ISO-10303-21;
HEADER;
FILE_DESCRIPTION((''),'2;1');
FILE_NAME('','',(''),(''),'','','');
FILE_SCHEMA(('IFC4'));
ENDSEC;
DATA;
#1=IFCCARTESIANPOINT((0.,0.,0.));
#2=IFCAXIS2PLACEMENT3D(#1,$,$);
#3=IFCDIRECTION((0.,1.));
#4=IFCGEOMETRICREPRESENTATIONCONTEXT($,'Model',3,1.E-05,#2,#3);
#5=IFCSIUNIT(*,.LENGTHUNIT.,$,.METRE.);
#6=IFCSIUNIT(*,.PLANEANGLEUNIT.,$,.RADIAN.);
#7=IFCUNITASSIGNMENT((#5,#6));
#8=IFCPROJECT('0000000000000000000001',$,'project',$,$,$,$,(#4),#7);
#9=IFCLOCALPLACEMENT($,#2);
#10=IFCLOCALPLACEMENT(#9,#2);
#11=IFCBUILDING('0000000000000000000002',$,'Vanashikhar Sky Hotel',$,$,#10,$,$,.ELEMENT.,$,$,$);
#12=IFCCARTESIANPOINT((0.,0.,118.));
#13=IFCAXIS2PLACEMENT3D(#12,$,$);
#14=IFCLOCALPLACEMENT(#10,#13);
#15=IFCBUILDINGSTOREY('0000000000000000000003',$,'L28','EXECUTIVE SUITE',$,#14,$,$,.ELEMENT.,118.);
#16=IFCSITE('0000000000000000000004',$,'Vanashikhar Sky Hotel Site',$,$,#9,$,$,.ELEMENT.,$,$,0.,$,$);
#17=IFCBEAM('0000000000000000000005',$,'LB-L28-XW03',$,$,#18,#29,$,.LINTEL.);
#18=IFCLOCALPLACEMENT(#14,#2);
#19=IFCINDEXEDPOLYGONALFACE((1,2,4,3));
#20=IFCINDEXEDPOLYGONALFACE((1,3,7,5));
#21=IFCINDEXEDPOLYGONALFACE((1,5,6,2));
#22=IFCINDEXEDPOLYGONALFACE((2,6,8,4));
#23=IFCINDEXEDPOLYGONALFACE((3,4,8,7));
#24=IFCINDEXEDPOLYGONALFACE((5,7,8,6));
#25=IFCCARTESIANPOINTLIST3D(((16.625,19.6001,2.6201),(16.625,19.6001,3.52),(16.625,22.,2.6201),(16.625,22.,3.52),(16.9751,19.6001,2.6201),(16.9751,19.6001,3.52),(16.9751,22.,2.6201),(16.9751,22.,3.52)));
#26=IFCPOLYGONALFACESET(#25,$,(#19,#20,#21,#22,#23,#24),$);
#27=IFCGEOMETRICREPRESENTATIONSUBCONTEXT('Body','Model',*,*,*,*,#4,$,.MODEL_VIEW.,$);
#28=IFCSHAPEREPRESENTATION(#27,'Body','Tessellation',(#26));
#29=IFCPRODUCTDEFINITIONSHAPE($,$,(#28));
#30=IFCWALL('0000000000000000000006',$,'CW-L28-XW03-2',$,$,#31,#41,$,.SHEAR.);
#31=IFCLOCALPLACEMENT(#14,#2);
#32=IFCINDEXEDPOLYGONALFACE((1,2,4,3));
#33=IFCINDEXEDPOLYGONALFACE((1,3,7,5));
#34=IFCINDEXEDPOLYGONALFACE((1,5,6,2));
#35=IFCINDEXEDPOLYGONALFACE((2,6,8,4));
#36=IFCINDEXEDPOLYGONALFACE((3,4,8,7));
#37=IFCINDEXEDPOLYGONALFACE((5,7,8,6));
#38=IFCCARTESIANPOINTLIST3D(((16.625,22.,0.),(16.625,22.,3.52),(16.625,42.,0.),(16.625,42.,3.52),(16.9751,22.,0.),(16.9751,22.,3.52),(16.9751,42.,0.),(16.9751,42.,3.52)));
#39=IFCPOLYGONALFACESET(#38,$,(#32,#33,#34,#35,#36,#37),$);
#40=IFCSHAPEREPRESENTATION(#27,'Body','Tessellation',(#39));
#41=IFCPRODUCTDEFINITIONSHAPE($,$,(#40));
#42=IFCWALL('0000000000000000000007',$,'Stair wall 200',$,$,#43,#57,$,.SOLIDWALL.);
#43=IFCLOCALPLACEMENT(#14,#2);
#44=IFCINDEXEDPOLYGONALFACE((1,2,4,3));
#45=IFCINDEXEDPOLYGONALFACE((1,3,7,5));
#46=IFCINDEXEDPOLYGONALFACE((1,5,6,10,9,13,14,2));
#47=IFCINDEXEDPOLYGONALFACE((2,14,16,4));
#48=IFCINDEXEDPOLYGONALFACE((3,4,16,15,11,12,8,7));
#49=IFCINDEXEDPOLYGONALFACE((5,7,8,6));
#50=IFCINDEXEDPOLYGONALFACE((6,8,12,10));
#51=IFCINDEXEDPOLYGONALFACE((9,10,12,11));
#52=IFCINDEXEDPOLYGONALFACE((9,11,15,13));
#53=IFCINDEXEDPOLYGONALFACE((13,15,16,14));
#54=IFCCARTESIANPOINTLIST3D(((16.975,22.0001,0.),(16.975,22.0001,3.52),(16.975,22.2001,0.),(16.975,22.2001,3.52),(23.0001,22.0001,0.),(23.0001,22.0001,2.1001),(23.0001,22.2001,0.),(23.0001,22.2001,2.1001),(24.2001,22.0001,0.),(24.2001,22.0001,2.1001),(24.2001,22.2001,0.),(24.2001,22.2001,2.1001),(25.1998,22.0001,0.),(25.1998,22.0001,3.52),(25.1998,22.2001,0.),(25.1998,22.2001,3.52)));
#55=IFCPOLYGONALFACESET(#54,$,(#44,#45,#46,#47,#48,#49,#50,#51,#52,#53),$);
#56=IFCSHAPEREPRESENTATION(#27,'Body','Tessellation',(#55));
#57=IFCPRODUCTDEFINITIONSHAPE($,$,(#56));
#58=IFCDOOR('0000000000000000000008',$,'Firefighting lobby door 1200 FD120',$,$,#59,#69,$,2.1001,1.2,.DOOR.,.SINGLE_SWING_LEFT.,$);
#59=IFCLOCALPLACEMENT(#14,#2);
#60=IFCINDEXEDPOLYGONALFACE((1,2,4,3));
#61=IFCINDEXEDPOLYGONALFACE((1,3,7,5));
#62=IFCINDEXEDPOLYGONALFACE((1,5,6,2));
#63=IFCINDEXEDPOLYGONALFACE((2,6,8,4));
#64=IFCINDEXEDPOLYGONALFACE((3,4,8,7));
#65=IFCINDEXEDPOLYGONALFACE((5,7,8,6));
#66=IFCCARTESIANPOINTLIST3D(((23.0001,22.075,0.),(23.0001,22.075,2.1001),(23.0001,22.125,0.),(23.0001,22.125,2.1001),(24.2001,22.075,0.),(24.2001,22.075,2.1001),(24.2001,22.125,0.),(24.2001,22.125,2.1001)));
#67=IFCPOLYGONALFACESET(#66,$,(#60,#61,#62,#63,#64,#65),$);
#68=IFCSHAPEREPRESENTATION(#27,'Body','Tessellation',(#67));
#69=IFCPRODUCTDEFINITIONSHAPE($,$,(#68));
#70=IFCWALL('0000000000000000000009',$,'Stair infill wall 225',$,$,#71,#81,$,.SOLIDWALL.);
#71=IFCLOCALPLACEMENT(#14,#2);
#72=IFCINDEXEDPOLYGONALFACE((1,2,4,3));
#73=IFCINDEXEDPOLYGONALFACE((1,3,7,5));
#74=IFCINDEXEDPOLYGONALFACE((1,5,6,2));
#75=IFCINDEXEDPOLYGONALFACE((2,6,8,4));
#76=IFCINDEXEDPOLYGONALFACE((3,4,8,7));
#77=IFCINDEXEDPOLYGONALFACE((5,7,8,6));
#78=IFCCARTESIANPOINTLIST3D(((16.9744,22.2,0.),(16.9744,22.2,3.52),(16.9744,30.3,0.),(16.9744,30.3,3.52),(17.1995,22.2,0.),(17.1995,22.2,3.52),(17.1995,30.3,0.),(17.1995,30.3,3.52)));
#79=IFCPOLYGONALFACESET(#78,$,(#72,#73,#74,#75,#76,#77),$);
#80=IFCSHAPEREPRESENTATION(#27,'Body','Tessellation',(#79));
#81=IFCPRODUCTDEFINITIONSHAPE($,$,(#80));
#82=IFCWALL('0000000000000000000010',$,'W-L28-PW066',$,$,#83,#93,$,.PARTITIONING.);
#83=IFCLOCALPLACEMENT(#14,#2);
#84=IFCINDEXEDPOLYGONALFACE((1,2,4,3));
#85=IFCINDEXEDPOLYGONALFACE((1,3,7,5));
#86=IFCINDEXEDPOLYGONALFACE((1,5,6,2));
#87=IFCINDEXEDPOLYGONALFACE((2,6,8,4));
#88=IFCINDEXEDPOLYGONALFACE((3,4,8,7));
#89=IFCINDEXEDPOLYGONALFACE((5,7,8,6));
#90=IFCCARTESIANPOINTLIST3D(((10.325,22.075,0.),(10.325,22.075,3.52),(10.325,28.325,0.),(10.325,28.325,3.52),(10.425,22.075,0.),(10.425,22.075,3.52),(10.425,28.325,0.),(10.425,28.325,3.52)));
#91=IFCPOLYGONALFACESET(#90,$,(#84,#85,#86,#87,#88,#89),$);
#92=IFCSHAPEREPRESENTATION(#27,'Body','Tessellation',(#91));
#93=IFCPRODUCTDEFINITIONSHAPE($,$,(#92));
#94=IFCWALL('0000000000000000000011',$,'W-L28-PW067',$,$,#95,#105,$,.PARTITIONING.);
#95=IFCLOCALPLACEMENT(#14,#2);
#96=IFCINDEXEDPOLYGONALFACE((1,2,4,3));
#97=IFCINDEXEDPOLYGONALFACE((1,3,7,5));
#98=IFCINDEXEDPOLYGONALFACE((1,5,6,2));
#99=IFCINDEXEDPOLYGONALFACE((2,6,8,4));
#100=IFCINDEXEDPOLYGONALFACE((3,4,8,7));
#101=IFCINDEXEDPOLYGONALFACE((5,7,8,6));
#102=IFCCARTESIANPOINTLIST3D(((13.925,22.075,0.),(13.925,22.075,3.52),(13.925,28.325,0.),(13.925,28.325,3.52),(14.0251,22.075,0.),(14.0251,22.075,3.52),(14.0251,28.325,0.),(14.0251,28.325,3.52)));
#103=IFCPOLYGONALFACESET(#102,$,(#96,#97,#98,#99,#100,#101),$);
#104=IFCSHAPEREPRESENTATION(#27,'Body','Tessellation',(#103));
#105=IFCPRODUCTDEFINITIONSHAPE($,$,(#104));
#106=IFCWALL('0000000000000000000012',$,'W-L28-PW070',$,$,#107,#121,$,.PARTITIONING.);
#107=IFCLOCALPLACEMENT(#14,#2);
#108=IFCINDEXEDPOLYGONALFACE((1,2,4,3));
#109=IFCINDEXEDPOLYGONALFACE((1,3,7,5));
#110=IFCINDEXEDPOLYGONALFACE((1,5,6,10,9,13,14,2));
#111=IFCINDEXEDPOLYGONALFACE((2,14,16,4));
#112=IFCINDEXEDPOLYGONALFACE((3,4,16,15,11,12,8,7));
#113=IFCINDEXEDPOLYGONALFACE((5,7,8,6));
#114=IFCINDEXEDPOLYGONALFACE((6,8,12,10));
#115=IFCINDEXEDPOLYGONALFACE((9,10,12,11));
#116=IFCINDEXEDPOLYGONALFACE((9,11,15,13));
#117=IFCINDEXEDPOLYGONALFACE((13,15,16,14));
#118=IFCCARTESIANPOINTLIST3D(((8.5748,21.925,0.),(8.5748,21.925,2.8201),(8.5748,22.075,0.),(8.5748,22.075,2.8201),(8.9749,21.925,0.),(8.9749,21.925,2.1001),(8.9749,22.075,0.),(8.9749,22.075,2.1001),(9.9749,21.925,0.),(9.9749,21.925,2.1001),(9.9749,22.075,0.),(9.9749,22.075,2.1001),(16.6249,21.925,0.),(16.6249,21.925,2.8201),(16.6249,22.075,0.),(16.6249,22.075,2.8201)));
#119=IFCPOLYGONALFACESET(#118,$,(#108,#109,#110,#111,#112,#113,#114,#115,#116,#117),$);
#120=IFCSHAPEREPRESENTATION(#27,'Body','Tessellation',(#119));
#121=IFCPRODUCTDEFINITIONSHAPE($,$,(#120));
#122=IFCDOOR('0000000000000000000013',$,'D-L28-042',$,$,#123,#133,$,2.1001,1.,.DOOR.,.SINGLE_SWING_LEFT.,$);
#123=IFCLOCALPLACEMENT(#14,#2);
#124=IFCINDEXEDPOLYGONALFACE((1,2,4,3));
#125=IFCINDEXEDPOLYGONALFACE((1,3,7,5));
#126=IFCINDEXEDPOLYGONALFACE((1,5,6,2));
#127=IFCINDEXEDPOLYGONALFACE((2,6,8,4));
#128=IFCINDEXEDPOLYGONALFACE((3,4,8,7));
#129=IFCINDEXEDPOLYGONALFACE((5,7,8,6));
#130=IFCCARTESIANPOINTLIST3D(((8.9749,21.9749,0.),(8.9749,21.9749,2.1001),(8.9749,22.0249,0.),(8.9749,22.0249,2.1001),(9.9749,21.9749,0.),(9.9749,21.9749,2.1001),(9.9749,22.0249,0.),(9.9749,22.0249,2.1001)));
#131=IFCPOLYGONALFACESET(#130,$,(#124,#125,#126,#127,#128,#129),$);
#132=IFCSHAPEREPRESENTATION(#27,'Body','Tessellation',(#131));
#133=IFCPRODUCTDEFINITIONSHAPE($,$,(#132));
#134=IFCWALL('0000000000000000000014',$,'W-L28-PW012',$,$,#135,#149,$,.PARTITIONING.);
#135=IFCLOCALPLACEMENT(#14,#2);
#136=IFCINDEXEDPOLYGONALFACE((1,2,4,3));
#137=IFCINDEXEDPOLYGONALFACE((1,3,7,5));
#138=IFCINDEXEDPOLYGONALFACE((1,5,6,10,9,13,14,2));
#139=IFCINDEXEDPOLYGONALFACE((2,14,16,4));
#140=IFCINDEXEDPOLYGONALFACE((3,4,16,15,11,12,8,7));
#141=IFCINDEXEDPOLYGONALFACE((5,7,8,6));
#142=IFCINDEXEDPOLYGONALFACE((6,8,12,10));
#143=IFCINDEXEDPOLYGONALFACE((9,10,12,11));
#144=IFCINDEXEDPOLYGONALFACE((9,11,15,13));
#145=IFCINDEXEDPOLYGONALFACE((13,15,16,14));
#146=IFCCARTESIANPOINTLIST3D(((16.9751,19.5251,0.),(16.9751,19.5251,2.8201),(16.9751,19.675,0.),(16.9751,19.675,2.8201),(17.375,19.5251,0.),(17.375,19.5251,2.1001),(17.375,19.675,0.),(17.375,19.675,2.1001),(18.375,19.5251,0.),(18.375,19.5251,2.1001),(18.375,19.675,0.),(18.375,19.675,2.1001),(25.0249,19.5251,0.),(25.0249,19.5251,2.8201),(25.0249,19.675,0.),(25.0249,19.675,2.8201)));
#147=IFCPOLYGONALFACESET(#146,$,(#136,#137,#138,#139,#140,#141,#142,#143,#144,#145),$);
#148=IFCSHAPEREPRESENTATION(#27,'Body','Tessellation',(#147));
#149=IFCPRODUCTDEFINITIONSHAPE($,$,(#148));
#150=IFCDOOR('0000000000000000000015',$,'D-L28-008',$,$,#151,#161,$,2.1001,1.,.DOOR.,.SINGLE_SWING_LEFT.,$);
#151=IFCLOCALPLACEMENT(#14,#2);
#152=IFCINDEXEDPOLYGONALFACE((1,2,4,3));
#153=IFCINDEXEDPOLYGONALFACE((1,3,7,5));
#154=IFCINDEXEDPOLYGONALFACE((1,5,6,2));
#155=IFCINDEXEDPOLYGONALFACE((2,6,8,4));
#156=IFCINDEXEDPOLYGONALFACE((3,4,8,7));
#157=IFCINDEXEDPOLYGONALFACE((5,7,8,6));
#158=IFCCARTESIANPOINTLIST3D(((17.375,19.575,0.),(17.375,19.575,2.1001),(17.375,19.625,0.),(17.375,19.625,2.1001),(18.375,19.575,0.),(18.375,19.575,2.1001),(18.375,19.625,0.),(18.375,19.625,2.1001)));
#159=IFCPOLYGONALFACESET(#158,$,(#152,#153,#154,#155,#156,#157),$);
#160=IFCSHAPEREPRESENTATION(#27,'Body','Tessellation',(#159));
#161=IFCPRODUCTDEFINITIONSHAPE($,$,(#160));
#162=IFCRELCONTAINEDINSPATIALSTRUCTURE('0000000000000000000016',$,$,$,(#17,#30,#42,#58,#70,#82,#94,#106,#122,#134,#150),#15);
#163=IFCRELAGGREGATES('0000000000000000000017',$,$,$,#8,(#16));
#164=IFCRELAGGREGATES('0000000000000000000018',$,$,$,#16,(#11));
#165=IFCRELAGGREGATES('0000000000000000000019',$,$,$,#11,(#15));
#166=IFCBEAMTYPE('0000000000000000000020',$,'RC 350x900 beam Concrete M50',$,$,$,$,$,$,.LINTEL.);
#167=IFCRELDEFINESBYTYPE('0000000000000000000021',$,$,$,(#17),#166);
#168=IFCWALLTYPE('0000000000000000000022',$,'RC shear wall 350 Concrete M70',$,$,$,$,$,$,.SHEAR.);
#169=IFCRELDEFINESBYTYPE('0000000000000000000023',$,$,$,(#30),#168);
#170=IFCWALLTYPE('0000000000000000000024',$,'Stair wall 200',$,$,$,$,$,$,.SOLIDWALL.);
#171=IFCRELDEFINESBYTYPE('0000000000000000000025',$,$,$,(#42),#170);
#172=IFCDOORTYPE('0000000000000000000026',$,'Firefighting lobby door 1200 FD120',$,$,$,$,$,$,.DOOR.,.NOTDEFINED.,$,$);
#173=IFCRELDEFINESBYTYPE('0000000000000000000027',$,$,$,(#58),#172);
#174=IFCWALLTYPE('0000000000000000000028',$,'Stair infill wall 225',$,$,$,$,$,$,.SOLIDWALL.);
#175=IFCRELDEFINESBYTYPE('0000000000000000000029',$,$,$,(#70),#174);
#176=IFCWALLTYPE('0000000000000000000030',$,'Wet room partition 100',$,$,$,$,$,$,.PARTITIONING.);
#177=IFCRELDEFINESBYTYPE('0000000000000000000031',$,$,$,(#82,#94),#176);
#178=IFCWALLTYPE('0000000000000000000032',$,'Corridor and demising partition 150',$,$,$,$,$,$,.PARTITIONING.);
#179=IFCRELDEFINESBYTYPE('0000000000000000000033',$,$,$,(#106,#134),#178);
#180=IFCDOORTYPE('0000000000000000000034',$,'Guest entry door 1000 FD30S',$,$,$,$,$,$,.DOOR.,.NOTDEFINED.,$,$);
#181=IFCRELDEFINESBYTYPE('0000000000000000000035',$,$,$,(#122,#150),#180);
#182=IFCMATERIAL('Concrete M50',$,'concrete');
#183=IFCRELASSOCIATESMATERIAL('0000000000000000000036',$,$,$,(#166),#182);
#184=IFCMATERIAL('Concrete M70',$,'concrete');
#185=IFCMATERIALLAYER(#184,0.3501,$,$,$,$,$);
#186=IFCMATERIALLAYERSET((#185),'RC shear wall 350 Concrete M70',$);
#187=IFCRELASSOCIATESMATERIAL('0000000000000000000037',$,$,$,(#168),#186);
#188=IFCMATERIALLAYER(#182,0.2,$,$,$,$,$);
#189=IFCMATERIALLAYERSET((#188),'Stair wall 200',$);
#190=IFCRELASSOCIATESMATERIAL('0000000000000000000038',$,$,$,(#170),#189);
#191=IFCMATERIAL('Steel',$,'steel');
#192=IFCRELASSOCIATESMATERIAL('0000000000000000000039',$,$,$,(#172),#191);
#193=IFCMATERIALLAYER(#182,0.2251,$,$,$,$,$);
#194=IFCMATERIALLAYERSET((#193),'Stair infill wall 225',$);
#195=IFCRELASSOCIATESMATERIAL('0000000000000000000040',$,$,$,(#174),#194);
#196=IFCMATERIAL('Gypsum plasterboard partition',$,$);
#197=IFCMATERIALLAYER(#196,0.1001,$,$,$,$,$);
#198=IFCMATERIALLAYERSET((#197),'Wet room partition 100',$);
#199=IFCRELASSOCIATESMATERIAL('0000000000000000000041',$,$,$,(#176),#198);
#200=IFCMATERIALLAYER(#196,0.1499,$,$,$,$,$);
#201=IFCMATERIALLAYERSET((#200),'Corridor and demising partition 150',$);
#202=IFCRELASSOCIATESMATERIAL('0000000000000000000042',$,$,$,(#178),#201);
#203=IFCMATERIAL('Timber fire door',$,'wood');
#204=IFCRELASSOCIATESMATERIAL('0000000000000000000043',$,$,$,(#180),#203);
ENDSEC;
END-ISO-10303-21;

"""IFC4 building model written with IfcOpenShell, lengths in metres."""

from ifc_helpers import new_model, si_unit, direction, frame, frame_2d, origin, origin_2d, place, context, subcontext, project, spatial, rectangle, extrude, source, transform, mapped, material, layer, layer_set, material_profile, profile_set, type_object, element, fill, save


model = new_model("IFC4")

# Units and contexts
model_context = context("Model", 3, precision=1e-05, world=origin(), true_north=direction((0.0, 1.0)))
body_context = subcontext(model_context, "Body", "Model", "MODEL_VIEW")
ifc_project = project(units=[si_unit("LENGTHUNIT", "METRE"), si_unit("PLANEANGLEUNIT", "RADIAN")], contexts=[model_context])

# Site, building, storey
site_placement = place(None, origin())
site = spatial("IfcSite", under=ifc_project, at=site_placement, Name="Vanashikhar Sky Hotel Site", CompositionType="ELEMENT", RefElevation=0.0)
building_placement = place(site_placement, origin())
building = spatial("IfcBuilding", under=site, at=building_placement, Name="Vanashikhar Sky Hotel", CompositionType="ELEMENT")
storey_placement = place(building_placement, frame((0.0, 0.0, 118.0)))
storey = spatial("IfcBuildingStorey", under=building, at=storey_placement, Name="L28", Description="EXECUTIVE SUITE", CompositionType="ELEMENT", Elevation=118.0)

# Beam
ifc_material_1 = material(Name="Concrete M50", Category="concrete")
ifc_material_profile = material_profile(ifc_material_1, rectangle(XDim=0.3501, YDim=0.8999, at=origin_2d()))
ifc_profile_set = profile_set([ifc_material_profile], Name="RC 350x900 beam Concrete M50")
beam_type = type_object("IfcBeamType", Name="RC 350x900 beam Concrete M50", PredefinedType="LINTEL", material=ifc_profile_set)
shared_shape_1 = source(origin(), body_context, "Body", "SweptSolid", [
    extrude(rectangle(XDim=0.3501, YDim=0.8999, at=origin_2d()), origin(), (0.0, 0.0, 1.0), 2.3999),
])
beam_placement = place(storey_placement, frame((16.8, 19.6001, 3.0701), z_axis=(0.0, 1.0, 0.0), x_axis=(-1.0, 0.0, 0.0)))
element("IfcBeam", 1, at=beam_placement, inside=storey, type_object=beam_type, Name="LB-L28-XW03", PredefinedType="LINTEL", context=body_context, shape_type="MappedRepresentation", body=[
    mapped(shared_shape_1, transform((0.0, 0.0, 0.0), scale=1.0)),
])

# Wall
ifc_material_2 = material(Name="Concrete M70", Category="concrete")
ifc_layer_1 = layer(ifc_material_2, 0.3501)
ifc_layer_set_1 = layer_set([ifc_layer_1], Name="RC shear wall 350 Concrete M70")
wall_type_1 = type_object("IfcWallType", Name="RC shear wall 350 Concrete M70", PredefinedType="SHEAR", material=ifc_layer_set_1)
shared_shape_2 = source(origin(), body_context, "Body", "SweptSolid", [
    extrude(rectangle(XDim=20.0, YDim=0.3501, at=frame_2d((10.0, 0.0))), origin(), (0.0, 0.0, 1.0), 3.52),
])
wall_1_placement = place(storey_placement, frame((16.8, 22.0, 0.0), z_axis=(0.0, 0.0, 1.0), x_axis=(0.0, 1.0, 0.0)))
element("IfcWall", 2, at=wall_1_placement, inside=storey, type_object=wall_type_1, Name="CW-L28-XW03-2", PredefinedType="SHEAR", context=body_context, shape_type="MappedRepresentation", body=[
    mapped(shared_shape_2, transform((0.0, 0.0, 0.0), scale=1.0)),
])

# Wall, opening, door
ifc_layer_2 = layer(ifc_material_1, 0.2)
ifc_layer_set_2 = layer_set([ifc_layer_2], Name="Stair wall 200")
wall_type_2 = type_object("IfcWallType", Name="Stair wall 200", PredefinedType="SOLIDWALL", material=ifc_layer_set_2)
shared_shape_3 = source(origin(), body_context, "Body", "SweptSolid", [
    extrude(rectangle(XDim=8.2249, YDim=0.2, at=frame_2d((4.1123, 0.0))), origin(), (0.0, 0.0, 1.0), 3.52),
])
wall_2_placement = place(storey_placement, frame((16.9751, 22.1001, 0.0), z_axis=(0.0, 0.0, 1.0), x_axis=(1.0, 0.0, 0.0)))
wall_2 = element("IfcWall", 3, at=wall_2_placement, inside=storey, type_object=wall_type_2, Name="Stair wall 200", PredefinedType="SOLIDWALL", context=body_context, shape_type="MappedRepresentation", body=[
    mapped(shared_shape_3, transform((0.0, 0.0, 0.0), scale=1.0)),
])
shared_shape_4 = source(origin(), body_context, "Body", "SweptSolid", [
    extrude(rectangle(XDim=1.2, YDim=2.1001, at=frame_2d((0.6001, 1.05))), frame((0.0, 0.1099, 0.0), z_axis=(0.0, -1.0, 0.0), x_axis=(1.0, 0.0, 0.0)), (0.0, 0.0, 1.0), 0.22),
])
opening_1_placement = place(wall_2_placement, frame((6.0249, 0.0, 0.0)))
opening_1 = element("IfcOpeningElement", 4, at=opening_1_placement, cuts=wall_2, PredefinedType="OPENING", context=body_context, shape_type="MappedRepresentation", body=[
    mapped(shared_shape_4, transform((0.0, 0.0, 0.0), scale=1.0)),
])
ifc_material_3 = material(Name="Steel", Category="steel")
door_type_1 = type_object("IfcDoorType", Name="Firefighting lobby door 1200 FD120", OperationType="NOTDEFINED", PredefinedType="DOOR", material=ifc_material_3)
shared_shape_5 = source(origin(), body_context, "Body", "SweptSolid", [
    extrude(rectangle(XDim=1.2, YDim=2.1001, at=frame_2d((0.6001, 1.05))), frame((0.0, 0.0249, 0.0), z_axis=(0.0, -1.0, 0.0), x_axis=(1.0, 0.0, 0.0)), (0.0, 0.0, 1.0), 0.05),
])
door_1_placement = place(opening_1_placement, origin())
door_1 = element("IfcDoor", 5, at=door_1_placement, inside=storey, type_object=door_type_1, Name="Firefighting lobby door 1200 FD120", OperationType="SINGLE_SWING_LEFT", OverallHeight=2.1001, OverallWidth=1.2, PredefinedType="DOOR", context=body_context, shape_type="MappedRepresentation", body=[
    mapped(shared_shape_5, transform((0.0, 0.0, 0.0), scale=1.0)),
])
fill(opening_1, door_1)

# Walls
ifc_layer_3 = layer(ifc_material_1, 0.2251)
ifc_layer_set_3 = layer_set([ifc_layer_3], Name="Stair infill wall 225")
wall_type_3 = type_object("IfcWallType", Name="Stair infill wall 225", PredefinedType="SOLIDWALL", material=ifc_layer_set_3)
shared_shape_6 = source(origin(), body_context, "Body", "SweptSolid", [
    extrude(rectangle(XDim=8.1001, YDim=0.2251, at=frame_2d((4.05, 0.0))), origin(), (0.0, 0.0, 1.0), 3.52),
])
wall_3_placement = place(storey_placement, frame((17.0869, 22.2, 0.0), z_axis=(0.0, 0.0, 1.0), x_axis=(0.0, 1.0, 0.0)))
element("IfcWall", 6, at=wall_3_placement, inside=storey, type_object=wall_type_3, Name="Stair infill wall 225", PredefinedType="SOLIDWALL", context=body_context, shape_type="MappedRepresentation", body=[
    mapped(shared_shape_6, transform((0.0, 0.0, 0.0), scale=1.0)),
])
ifc_material_4 = material(Name="Gypsum plasterboard partition")
ifc_layer_4 = layer(ifc_material_4, 0.1001)
ifc_layer_set_4 = layer_set([ifc_layer_4], Name="Wet room partition 100")
wall_type_4 = type_object("IfcWallType", Name="Wet room partition 100", PredefinedType="PARTITIONING", material=ifc_layer_set_4)
shared_shape_7 = source(origin(), body_context, "Body", "SweptSolid", [
    extrude(rectangle(XDim=6.25, YDim=0.1001, at=frame_2d((3.125, 0.0))), origin(), (0.0, 0.0, 1.0), 3.52),
])
for number, where, z_axis, x_axis, name in (
    (7, (10.375, 22.075, 0.0), (0.0, 0.0, 1.0), (0.0, 1.0, 0.0), "W-L28-PW066"),
    (8, (13.9751, 22.075, 0.0), (0.0, 0.0, 1.0), (0.0, 1.0, 0.0), "W-L28-PW067"),
):
    element("IfcWall", number, at=place(storey_placement, frame(where, z_axis=z_axis, x_axis=x_axis)), inside=storey, type_object=wall_type_4, Name=name, PredefinedType="PARTITIONING", context=body_context, shape_type="MappedRepresentation", body=[
        mapped(shared_shape_7, transform((0.0, 0.0, 0.0), scale=1.0)),
    ])

# Walls, openings, doors
ifc_layer_5 = layer(ifc_material_4, 0.1499)
ifc_layer_set_5 = layer_set([ifc_layer_5], Name="Corridor and demising partition 150")
wall_type_5 = type_object("IfcWallType", Name="Corridor and demising partition 150", PredefinedType="PARTITIONING", material=ifc_layer_set_5)
shared_shape_8 = source(origin(), body_context, "Body", "SweptSolid", [
    extrude(rectangle(XDim=8.05, YDim=0.1499, at=frame_2d((4.0249, 0.0))), origin(), (0.0, 0.0, 1.0), 2.8201),
])
wall_4_placement = place(storey_placement, frame((8.575, 22.0, 0.0), z_axis=(0.0, 0.0, 1.0), x_axis=(1.0, 0.0, 0.0)))
wall_4 = element("IfcWall", 9, at=wall_4_placement, inside=storey, type_object=wall_type_5, Name="W-L28-PW070", PredefinedType="PARTITIONING", context=body_context, shape_type="MappedRepresentation", body=[
    mapped(shared_shape_8, transform((0.0, 0.0, 0.0), scale=1.0)),
])
shared_shape_9 = source(origin(), body_context, "Body", "SweptSolid", [
    extrude(rectangle(XDim=1.0, YDim=2.1001, at=frame_2d((0.5, 1.05))), frame((0.0, 0.085, 0.0), z_axis=(0.0, -1.0, 0.0), x_axis=(1.0, 0.0, 0.0)), (0.0, 0.0, 1.0), 0.1699),
])
opening_2_placement = place(wall_4_placement, frame((0.3999, 0.0, 0.0)))
opening_2 = element("IfcOpeningElement", 10, at=opening_2_placement, cuts=wall_4, PredefinedType="OPENING", context=body_context, shape_type="MappedRepresentation", body=[
    mapped(shared_shape_9, transform((0.0, 0.0, 0.0), scale=1.0)),
])
ifc_material_5 = material(Name="Timber fire door", Category="wood")
door_type_2 = type_object("IfcDoorType", Name="Guest entry door 1000 FD30S", OperationType="NOTDEFINED", PredefinedType="DOOR", material=ifc_material_5)
shared_shape_10 = source(origin(), body_context, "Body", "SweptSolid", [
    extrude(rectangle(XDim=1.0, YDim=2.1001, at=frame_2d((0.5, 1.05))), frame((0.0, 0.0249, 0.0), z_axis=(0.0, -1.0, 0.0), x_axis=(1.0, 0.0, 0.0)), (0.0, 0.0, 1.0), 0.05),
])
door_2_placement = place(opening_2_placement, origin())
door_2 = element("IfcDoor", 11, at=door_2_placement, inside=storey, type_object=door_type_2, Name="D-L28-042", OperationType="SINGLE_SWING_LEFT", OverallHeight=2.1001, OverallWidth=1.0, PredefinedType="DOOR", context=body_context, shape_type="MappedRepresentation", body=[
    mapped(shared_shape_10, transform((0.0, 0.0, 0.0), scale=1.0)),
])
fill(opening_2, door_2)
shared_shape_11 = source(origin(), body_context, "Body", "SweptSolid", [
    extrude(rectangle(XDim=8.0498, YDim=0.1499, at=frame_2d((4.0249, 0.0))), origin(), (0.0, 0.0, 1.0), 2.8201),
])
wall_5_placement = place(storey_placement, frame((16.9751, 19.6001, 0.0), z_axis=(0.0, 0.0, 1.0), x_axis=(1.0, 0.0, 0.0)))
wall_5 = element("IfcWall", 12, at=wall_5_placement, inside=storey, type_object=wall_type_5, Name="W-L28-PW012", PredefinedType="PARTITIONING", context=body_context, shape_type="MappedRepresentation", body=[
    mapped(shared_shape_11, transform((0.0, 0.0, 0.0), scale=1.0)),
])
opening_3_placement = place(wall_5_placement, frame((0.3999, 0.0, 0.0)))
opening_3 = element("IfcOpeningElement", 13, at=opening_3_placement, cuts=wall_5, PredefinedType="OPENING", context=body_context, shape_type="MappedRepresentation", body=[
    mapped(shared_shape_9, transform((0.0, 0.0, 0.0), scale=1.0)),
])
door_3_placement = place(opening_3_placement, origin())
door_3 = element("IfcDoor", 14, at=door_3_placement, inside=storey, type_object=door_type_2, Name="D-L28-008", OperationType="SINGLE_SWING_LEFT", OverallHeight=2.1001, OverallWidth=1.0, PredefinedType="DOOR", context=body_context, shape_type="MappedRepresentation", body=[
    mapped(shared_shape_10, transform((0.0, 0.0, 0.0), scale=1.0)),
])
fill(opening_3, door_3)

save(model, "model.ifc")
